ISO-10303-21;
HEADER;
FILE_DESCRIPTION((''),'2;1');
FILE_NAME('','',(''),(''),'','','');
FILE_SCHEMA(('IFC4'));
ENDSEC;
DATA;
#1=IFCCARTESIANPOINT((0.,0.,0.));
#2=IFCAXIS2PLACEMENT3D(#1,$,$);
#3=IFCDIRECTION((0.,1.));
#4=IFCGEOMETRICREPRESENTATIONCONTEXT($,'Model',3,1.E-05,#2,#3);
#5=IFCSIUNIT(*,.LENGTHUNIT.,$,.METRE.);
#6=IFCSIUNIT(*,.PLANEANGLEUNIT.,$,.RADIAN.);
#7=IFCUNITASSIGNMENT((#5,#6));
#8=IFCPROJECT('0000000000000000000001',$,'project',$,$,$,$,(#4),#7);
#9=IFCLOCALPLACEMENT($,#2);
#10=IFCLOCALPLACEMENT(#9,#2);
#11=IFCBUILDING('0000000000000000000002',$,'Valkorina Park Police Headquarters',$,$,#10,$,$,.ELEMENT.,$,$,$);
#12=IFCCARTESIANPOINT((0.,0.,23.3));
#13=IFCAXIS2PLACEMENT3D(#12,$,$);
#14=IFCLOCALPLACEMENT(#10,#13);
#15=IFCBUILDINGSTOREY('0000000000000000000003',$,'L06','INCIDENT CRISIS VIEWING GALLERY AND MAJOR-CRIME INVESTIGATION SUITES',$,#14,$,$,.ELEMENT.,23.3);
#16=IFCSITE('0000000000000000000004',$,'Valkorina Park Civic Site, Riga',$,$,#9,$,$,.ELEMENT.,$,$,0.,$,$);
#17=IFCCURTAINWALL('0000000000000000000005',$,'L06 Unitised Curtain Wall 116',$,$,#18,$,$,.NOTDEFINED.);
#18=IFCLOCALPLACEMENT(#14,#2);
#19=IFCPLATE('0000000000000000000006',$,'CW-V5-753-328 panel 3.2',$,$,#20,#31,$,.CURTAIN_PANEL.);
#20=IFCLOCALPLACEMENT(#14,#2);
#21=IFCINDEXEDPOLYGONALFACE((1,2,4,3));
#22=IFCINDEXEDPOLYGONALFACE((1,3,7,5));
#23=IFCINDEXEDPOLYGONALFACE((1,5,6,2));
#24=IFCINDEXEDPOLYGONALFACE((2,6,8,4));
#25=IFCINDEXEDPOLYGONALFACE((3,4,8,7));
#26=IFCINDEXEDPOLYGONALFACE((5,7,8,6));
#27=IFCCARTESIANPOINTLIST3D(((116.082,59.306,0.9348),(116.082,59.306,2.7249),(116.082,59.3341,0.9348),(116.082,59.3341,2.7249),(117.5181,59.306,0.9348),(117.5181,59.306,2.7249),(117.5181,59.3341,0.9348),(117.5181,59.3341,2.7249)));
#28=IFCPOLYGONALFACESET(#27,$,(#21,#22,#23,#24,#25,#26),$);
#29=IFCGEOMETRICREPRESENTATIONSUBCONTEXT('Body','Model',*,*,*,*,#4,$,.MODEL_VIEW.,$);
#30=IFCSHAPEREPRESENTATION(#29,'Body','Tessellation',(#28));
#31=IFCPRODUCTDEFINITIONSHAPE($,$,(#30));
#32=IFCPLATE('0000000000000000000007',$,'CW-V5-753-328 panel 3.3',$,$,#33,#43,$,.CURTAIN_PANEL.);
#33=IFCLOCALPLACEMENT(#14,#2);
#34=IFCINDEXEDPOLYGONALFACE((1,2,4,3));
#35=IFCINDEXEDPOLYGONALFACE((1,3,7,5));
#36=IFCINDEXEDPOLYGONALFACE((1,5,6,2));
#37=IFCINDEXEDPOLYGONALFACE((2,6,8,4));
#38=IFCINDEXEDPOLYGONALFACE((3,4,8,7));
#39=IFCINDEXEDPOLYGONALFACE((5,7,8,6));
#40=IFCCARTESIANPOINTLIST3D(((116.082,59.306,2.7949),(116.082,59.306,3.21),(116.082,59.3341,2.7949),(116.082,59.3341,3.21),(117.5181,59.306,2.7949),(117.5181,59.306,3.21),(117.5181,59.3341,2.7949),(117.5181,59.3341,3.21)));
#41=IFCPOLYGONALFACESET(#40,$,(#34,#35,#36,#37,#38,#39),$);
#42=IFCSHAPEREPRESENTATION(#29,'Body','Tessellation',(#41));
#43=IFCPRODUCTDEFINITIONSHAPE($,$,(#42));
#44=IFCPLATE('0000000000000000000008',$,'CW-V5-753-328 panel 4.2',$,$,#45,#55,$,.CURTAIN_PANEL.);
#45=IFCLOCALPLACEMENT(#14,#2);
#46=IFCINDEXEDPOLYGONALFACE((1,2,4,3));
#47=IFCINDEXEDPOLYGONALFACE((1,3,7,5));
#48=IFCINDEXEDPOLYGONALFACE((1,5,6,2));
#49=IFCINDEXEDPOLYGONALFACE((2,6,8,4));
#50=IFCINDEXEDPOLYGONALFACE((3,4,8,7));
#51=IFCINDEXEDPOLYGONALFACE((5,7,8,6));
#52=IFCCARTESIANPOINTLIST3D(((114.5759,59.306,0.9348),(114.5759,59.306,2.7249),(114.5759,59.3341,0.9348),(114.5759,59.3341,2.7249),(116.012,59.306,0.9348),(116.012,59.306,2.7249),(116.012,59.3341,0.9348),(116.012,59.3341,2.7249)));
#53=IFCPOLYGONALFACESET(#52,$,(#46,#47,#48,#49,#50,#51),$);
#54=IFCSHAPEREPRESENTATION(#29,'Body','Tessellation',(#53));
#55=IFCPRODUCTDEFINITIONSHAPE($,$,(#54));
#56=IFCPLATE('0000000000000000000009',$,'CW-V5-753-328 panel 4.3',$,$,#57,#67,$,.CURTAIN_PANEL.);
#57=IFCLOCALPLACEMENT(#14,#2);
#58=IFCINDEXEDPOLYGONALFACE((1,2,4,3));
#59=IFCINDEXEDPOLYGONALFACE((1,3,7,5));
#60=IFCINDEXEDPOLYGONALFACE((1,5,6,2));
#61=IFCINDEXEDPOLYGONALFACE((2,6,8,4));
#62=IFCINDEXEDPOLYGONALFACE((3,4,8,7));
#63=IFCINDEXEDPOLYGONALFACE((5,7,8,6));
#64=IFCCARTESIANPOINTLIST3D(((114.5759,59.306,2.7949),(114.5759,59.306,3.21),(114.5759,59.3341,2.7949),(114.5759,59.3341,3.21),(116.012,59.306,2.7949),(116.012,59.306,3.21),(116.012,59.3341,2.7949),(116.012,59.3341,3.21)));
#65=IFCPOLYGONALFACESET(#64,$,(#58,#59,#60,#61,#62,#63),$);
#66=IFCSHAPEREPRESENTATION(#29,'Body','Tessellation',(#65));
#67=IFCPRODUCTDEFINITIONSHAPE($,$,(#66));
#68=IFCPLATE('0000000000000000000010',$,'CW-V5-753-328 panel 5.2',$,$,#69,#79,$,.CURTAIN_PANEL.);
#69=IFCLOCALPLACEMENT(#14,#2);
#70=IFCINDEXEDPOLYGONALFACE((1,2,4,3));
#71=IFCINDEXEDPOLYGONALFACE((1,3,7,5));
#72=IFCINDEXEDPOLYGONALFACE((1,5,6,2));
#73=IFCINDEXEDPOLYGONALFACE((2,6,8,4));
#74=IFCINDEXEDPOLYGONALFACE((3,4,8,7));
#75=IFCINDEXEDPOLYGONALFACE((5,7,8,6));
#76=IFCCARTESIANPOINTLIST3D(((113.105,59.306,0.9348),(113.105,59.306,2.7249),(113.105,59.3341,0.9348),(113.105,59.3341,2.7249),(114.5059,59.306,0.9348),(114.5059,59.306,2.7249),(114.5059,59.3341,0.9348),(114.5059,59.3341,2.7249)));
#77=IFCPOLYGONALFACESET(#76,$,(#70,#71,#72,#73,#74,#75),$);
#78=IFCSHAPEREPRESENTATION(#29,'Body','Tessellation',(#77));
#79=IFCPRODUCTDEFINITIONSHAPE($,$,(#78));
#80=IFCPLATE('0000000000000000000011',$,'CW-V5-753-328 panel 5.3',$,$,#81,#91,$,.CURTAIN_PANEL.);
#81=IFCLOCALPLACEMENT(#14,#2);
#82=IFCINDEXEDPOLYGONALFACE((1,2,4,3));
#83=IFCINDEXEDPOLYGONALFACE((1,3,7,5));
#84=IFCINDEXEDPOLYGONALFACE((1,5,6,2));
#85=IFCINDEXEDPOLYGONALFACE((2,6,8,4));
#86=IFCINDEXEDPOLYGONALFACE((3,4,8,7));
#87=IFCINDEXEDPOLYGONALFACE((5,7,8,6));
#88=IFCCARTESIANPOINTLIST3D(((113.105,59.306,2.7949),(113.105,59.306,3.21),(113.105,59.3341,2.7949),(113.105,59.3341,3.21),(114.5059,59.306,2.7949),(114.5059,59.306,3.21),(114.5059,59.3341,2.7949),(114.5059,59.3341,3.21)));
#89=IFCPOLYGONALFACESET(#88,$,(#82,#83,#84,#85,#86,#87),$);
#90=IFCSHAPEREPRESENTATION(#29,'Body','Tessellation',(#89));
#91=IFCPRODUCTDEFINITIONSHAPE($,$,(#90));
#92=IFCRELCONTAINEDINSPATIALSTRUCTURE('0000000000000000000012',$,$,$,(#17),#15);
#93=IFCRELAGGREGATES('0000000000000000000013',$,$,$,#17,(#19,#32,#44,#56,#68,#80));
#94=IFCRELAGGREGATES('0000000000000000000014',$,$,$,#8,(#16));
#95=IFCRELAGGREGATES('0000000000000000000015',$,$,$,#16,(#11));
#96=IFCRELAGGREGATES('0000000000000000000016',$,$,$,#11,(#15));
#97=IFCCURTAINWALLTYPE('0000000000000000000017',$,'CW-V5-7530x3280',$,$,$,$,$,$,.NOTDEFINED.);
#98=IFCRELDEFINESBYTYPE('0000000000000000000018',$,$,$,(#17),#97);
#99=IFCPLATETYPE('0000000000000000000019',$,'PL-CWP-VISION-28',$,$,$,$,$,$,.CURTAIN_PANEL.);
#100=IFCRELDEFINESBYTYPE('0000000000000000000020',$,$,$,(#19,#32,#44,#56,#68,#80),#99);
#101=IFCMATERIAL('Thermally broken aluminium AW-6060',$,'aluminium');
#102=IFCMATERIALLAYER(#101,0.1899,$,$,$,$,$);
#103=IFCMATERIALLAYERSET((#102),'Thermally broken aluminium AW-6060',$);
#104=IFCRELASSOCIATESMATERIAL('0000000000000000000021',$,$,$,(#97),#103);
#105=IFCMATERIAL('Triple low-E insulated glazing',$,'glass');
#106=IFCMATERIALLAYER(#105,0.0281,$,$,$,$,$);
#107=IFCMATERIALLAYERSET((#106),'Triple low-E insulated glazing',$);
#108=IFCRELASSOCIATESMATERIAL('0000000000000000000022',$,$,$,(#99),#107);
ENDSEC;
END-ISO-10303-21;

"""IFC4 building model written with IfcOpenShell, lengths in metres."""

from ifc_helpers import new_model, si_unit, direction, frame, origin, origin_2d, place, context, subcontext, project, spatial, rectangle, extrude, material, layer, layer_set, type_object, element, aggregate, save


model = new_model("IFC4")

# Units and contexts
model_context = context("Model", 3, precision=1e-05, world=origin(), true_north=direction((0.0, 1.0)))
body_context = subcontext(model_context, "Body", "Model", "MODEL_VIEW")
ifc_project = project(units=[si_unit("LENGTHUNIT", "METRE"), si_unit("PLANEANGLEUNIT", "RADIAN")], contexts=[model_context])

# Site, building, storey
site_placement = place(None, origin())
site = spatial("IfcSite", under=ifc_project, at=site_placement, Name="Valkorina Park Civic Site, Riga", CompositionType="ELEMENT", RefElevation=0.0)
building_placement = place(site_placement, origin())
building = spatial("IfcBuilding", under=site, at=building_placement, Name="Valkorina Park Police Headquarters", CompositionType="ELEMENT")
storey_placement = place(building_placement, frame((0.0, 0.0, 23.3)))
storey = spatial("IfcBuildingStorey", under=building, at=storey_placement, Name="L06", Description="INCIDENT CRISIS VIEWING GALLERY AND MAJOR-CRIME INVESTIGATION SUITES", CompositionType="ELEMENT", Elevation=23.3)

# Curtain wall
ifc_material_1 = material(Name="Thermally broken aluminium AW-6060", Category="aluminium")
ifc_layer_1 = layer(ifc_material_1, 0.1899)
ifc_layer_set_1 = layer_set([ifc_layer_1], Name="Thermally broken aluminium AW-6060")
curtain_wall_type = type_object("IfcCurtainWallType", Name="CW-V5-7530x3280", PredefinedType="NOTDEFINED", material=ifc_layer_set_1)
curtain_wall_1_placement = place(storey_placement, origin())
curtain_wall_1 = element("IfcCurtainWall", 1, at=curtain_wall_1_placement, inside=storey, type_object=curtain_wall_type, Name="L06 Unitised Curtain Wall 116", PredefinedType="NOTDEFINED")

# Plates
ifc_material_2 = material(Name="Triple low-E insulated glazing", Category="glass")
ifc_layer_2 = layer(ifc_material_2, 0.0281)
ifc_layer_set_2 = layer_set([ifc_layer_2], Name="Triple low-E insulated glazing")
plate_type_1 = type_object("IfcPlateType", Name="PL-CWP-VISION-28", PredefinedType="CURTAIN_PANEL", material=ifc_layer_set_2)
plate_1_placement = place(storey_placement, frame((116.8, 59.3201, 0.9348), z_axis=(0.0, 0.0, 1.0), x_axis=(-1.0, 0.0, 0.0)))
plate_1 = element("IfcPlate", 2, at=plate_1_placement, type_object=plate_type_1, Name="CW-V5-753-328 panel 3.2", PredefinedType="CURTAIN_PANEL", context=body_context, shape_type="SweptSolid", body=[
    extrude(rectangle(XDim=1.436, YDim=0.0281, at=origin_2d()), origin(), (0.0, 0.0, 1.0), 1.79),
])
plate_2_placement = place(storey_placement, frame((116.8, 59.3201, 2.7949), z_axis=(0.0, 0.0, 1.0), x_axis=(-1.0, 0.0, 0.0)))
plate_2 = element("IfcPlate", 3, at=plate_2_placement, type_object=plate_type_1, Name="CW-V5-753-328 panel 3.3", PredefinedType="CURTAIN_PANEL", context=body_context, shape_type="SweptSolid", body=[
    extrude(rectangle(XDim=1.436, YDim=0.0281, at=origin_2d()), origin(), (0.0, 0.0, 1.0), 0.415),
])
plate_3_placement = place(storey_placement, frame((115.2939, 59.3201, 0.9348), z_axis=(0.0, 0.0, 1.0), x_axis=(-1.0, 0.0, 0.0)))
plate_3 = element("IfcPlate", 4, at=plate_3_placement, type_object=plate_type_1, Name="CW-V5-753-328 panel 4.2", PredefinedType="CURTAIN_PANEL", context=body_context, shape_type="SweptSolid", body=[
    extrude(rectangle(XDim=1.436, YDim=0.0281, at=origin_2d()), origin(), (0.0, 0.0, 1.0), 1.79),
])
plate_4_placement = place(storey_placement, frame((115.2939, 59.3201, 2.7949), z_axis=(0.0, 0.0, 1.0), x_axis=(-1.0, 0.0, 0.0)))
plate_4 = element("IfcPlate", 5, at=plate_4_placement, type_object=plate_type_1, Name="CW-V5-753-328 panel 4.3", PredefinedType="CURTAIN_PANEL", context=body_context, shape_type="SweptSolid", body=[
    extrude(rectangle(XDim=1.436, YDim=0.0281, at=origin_2d()), origin(), (0.0, 0.0, 1.0), 0.415),
])
plate_5_placement = place(storey_placement, frame((113.8054, 59.3201, 0.9348), z_axis=(0.0, 0.0, 1.0), x_axis=(-1.0, 0.0, 0.0)))
plate_5 = element("IfcPlate", 6, at=plate_5_placement, type_object=plate_type_1, Name="CW-V5-753-328 panel 5.2", PredefinedType="CURTAIN_PANEL", context=body_context, shape_type="SweptSolid", body=[
    extrude(rectangle(XDim=1.4009, YDim=0.0281, at=origin_2d()), origin(), (0.0, 0.0, 1.0), 1.79),
])
plate_6_placement = place(storey_placement, frame((113.8054, 59.3201, 2.7949), z_axis=(0.0, 0.0, 1.0), x_axis=(-1.0, 0.0, 0.0)))
plate_6 = element("IfcPlate", 7, at=plate_6_placement, type_object=plate_type_1, Name="CW-V5-753-328 panel 5.3", PredefinedType="CURTAIN_PANEL", context=body_context, shape_type="SweptSolid", body=[
    extrude(rectangle(XDim=1.4009, YDim=0.0281, at=origin_2d()), origin(), (0.0, 0.0, 1.0), 0.415),
])
aggregate(curtain_wall_1, [plate_1, plate_2, plate_3, plate_4, plate_5, plate_6])

save(model, "model.ifc")
